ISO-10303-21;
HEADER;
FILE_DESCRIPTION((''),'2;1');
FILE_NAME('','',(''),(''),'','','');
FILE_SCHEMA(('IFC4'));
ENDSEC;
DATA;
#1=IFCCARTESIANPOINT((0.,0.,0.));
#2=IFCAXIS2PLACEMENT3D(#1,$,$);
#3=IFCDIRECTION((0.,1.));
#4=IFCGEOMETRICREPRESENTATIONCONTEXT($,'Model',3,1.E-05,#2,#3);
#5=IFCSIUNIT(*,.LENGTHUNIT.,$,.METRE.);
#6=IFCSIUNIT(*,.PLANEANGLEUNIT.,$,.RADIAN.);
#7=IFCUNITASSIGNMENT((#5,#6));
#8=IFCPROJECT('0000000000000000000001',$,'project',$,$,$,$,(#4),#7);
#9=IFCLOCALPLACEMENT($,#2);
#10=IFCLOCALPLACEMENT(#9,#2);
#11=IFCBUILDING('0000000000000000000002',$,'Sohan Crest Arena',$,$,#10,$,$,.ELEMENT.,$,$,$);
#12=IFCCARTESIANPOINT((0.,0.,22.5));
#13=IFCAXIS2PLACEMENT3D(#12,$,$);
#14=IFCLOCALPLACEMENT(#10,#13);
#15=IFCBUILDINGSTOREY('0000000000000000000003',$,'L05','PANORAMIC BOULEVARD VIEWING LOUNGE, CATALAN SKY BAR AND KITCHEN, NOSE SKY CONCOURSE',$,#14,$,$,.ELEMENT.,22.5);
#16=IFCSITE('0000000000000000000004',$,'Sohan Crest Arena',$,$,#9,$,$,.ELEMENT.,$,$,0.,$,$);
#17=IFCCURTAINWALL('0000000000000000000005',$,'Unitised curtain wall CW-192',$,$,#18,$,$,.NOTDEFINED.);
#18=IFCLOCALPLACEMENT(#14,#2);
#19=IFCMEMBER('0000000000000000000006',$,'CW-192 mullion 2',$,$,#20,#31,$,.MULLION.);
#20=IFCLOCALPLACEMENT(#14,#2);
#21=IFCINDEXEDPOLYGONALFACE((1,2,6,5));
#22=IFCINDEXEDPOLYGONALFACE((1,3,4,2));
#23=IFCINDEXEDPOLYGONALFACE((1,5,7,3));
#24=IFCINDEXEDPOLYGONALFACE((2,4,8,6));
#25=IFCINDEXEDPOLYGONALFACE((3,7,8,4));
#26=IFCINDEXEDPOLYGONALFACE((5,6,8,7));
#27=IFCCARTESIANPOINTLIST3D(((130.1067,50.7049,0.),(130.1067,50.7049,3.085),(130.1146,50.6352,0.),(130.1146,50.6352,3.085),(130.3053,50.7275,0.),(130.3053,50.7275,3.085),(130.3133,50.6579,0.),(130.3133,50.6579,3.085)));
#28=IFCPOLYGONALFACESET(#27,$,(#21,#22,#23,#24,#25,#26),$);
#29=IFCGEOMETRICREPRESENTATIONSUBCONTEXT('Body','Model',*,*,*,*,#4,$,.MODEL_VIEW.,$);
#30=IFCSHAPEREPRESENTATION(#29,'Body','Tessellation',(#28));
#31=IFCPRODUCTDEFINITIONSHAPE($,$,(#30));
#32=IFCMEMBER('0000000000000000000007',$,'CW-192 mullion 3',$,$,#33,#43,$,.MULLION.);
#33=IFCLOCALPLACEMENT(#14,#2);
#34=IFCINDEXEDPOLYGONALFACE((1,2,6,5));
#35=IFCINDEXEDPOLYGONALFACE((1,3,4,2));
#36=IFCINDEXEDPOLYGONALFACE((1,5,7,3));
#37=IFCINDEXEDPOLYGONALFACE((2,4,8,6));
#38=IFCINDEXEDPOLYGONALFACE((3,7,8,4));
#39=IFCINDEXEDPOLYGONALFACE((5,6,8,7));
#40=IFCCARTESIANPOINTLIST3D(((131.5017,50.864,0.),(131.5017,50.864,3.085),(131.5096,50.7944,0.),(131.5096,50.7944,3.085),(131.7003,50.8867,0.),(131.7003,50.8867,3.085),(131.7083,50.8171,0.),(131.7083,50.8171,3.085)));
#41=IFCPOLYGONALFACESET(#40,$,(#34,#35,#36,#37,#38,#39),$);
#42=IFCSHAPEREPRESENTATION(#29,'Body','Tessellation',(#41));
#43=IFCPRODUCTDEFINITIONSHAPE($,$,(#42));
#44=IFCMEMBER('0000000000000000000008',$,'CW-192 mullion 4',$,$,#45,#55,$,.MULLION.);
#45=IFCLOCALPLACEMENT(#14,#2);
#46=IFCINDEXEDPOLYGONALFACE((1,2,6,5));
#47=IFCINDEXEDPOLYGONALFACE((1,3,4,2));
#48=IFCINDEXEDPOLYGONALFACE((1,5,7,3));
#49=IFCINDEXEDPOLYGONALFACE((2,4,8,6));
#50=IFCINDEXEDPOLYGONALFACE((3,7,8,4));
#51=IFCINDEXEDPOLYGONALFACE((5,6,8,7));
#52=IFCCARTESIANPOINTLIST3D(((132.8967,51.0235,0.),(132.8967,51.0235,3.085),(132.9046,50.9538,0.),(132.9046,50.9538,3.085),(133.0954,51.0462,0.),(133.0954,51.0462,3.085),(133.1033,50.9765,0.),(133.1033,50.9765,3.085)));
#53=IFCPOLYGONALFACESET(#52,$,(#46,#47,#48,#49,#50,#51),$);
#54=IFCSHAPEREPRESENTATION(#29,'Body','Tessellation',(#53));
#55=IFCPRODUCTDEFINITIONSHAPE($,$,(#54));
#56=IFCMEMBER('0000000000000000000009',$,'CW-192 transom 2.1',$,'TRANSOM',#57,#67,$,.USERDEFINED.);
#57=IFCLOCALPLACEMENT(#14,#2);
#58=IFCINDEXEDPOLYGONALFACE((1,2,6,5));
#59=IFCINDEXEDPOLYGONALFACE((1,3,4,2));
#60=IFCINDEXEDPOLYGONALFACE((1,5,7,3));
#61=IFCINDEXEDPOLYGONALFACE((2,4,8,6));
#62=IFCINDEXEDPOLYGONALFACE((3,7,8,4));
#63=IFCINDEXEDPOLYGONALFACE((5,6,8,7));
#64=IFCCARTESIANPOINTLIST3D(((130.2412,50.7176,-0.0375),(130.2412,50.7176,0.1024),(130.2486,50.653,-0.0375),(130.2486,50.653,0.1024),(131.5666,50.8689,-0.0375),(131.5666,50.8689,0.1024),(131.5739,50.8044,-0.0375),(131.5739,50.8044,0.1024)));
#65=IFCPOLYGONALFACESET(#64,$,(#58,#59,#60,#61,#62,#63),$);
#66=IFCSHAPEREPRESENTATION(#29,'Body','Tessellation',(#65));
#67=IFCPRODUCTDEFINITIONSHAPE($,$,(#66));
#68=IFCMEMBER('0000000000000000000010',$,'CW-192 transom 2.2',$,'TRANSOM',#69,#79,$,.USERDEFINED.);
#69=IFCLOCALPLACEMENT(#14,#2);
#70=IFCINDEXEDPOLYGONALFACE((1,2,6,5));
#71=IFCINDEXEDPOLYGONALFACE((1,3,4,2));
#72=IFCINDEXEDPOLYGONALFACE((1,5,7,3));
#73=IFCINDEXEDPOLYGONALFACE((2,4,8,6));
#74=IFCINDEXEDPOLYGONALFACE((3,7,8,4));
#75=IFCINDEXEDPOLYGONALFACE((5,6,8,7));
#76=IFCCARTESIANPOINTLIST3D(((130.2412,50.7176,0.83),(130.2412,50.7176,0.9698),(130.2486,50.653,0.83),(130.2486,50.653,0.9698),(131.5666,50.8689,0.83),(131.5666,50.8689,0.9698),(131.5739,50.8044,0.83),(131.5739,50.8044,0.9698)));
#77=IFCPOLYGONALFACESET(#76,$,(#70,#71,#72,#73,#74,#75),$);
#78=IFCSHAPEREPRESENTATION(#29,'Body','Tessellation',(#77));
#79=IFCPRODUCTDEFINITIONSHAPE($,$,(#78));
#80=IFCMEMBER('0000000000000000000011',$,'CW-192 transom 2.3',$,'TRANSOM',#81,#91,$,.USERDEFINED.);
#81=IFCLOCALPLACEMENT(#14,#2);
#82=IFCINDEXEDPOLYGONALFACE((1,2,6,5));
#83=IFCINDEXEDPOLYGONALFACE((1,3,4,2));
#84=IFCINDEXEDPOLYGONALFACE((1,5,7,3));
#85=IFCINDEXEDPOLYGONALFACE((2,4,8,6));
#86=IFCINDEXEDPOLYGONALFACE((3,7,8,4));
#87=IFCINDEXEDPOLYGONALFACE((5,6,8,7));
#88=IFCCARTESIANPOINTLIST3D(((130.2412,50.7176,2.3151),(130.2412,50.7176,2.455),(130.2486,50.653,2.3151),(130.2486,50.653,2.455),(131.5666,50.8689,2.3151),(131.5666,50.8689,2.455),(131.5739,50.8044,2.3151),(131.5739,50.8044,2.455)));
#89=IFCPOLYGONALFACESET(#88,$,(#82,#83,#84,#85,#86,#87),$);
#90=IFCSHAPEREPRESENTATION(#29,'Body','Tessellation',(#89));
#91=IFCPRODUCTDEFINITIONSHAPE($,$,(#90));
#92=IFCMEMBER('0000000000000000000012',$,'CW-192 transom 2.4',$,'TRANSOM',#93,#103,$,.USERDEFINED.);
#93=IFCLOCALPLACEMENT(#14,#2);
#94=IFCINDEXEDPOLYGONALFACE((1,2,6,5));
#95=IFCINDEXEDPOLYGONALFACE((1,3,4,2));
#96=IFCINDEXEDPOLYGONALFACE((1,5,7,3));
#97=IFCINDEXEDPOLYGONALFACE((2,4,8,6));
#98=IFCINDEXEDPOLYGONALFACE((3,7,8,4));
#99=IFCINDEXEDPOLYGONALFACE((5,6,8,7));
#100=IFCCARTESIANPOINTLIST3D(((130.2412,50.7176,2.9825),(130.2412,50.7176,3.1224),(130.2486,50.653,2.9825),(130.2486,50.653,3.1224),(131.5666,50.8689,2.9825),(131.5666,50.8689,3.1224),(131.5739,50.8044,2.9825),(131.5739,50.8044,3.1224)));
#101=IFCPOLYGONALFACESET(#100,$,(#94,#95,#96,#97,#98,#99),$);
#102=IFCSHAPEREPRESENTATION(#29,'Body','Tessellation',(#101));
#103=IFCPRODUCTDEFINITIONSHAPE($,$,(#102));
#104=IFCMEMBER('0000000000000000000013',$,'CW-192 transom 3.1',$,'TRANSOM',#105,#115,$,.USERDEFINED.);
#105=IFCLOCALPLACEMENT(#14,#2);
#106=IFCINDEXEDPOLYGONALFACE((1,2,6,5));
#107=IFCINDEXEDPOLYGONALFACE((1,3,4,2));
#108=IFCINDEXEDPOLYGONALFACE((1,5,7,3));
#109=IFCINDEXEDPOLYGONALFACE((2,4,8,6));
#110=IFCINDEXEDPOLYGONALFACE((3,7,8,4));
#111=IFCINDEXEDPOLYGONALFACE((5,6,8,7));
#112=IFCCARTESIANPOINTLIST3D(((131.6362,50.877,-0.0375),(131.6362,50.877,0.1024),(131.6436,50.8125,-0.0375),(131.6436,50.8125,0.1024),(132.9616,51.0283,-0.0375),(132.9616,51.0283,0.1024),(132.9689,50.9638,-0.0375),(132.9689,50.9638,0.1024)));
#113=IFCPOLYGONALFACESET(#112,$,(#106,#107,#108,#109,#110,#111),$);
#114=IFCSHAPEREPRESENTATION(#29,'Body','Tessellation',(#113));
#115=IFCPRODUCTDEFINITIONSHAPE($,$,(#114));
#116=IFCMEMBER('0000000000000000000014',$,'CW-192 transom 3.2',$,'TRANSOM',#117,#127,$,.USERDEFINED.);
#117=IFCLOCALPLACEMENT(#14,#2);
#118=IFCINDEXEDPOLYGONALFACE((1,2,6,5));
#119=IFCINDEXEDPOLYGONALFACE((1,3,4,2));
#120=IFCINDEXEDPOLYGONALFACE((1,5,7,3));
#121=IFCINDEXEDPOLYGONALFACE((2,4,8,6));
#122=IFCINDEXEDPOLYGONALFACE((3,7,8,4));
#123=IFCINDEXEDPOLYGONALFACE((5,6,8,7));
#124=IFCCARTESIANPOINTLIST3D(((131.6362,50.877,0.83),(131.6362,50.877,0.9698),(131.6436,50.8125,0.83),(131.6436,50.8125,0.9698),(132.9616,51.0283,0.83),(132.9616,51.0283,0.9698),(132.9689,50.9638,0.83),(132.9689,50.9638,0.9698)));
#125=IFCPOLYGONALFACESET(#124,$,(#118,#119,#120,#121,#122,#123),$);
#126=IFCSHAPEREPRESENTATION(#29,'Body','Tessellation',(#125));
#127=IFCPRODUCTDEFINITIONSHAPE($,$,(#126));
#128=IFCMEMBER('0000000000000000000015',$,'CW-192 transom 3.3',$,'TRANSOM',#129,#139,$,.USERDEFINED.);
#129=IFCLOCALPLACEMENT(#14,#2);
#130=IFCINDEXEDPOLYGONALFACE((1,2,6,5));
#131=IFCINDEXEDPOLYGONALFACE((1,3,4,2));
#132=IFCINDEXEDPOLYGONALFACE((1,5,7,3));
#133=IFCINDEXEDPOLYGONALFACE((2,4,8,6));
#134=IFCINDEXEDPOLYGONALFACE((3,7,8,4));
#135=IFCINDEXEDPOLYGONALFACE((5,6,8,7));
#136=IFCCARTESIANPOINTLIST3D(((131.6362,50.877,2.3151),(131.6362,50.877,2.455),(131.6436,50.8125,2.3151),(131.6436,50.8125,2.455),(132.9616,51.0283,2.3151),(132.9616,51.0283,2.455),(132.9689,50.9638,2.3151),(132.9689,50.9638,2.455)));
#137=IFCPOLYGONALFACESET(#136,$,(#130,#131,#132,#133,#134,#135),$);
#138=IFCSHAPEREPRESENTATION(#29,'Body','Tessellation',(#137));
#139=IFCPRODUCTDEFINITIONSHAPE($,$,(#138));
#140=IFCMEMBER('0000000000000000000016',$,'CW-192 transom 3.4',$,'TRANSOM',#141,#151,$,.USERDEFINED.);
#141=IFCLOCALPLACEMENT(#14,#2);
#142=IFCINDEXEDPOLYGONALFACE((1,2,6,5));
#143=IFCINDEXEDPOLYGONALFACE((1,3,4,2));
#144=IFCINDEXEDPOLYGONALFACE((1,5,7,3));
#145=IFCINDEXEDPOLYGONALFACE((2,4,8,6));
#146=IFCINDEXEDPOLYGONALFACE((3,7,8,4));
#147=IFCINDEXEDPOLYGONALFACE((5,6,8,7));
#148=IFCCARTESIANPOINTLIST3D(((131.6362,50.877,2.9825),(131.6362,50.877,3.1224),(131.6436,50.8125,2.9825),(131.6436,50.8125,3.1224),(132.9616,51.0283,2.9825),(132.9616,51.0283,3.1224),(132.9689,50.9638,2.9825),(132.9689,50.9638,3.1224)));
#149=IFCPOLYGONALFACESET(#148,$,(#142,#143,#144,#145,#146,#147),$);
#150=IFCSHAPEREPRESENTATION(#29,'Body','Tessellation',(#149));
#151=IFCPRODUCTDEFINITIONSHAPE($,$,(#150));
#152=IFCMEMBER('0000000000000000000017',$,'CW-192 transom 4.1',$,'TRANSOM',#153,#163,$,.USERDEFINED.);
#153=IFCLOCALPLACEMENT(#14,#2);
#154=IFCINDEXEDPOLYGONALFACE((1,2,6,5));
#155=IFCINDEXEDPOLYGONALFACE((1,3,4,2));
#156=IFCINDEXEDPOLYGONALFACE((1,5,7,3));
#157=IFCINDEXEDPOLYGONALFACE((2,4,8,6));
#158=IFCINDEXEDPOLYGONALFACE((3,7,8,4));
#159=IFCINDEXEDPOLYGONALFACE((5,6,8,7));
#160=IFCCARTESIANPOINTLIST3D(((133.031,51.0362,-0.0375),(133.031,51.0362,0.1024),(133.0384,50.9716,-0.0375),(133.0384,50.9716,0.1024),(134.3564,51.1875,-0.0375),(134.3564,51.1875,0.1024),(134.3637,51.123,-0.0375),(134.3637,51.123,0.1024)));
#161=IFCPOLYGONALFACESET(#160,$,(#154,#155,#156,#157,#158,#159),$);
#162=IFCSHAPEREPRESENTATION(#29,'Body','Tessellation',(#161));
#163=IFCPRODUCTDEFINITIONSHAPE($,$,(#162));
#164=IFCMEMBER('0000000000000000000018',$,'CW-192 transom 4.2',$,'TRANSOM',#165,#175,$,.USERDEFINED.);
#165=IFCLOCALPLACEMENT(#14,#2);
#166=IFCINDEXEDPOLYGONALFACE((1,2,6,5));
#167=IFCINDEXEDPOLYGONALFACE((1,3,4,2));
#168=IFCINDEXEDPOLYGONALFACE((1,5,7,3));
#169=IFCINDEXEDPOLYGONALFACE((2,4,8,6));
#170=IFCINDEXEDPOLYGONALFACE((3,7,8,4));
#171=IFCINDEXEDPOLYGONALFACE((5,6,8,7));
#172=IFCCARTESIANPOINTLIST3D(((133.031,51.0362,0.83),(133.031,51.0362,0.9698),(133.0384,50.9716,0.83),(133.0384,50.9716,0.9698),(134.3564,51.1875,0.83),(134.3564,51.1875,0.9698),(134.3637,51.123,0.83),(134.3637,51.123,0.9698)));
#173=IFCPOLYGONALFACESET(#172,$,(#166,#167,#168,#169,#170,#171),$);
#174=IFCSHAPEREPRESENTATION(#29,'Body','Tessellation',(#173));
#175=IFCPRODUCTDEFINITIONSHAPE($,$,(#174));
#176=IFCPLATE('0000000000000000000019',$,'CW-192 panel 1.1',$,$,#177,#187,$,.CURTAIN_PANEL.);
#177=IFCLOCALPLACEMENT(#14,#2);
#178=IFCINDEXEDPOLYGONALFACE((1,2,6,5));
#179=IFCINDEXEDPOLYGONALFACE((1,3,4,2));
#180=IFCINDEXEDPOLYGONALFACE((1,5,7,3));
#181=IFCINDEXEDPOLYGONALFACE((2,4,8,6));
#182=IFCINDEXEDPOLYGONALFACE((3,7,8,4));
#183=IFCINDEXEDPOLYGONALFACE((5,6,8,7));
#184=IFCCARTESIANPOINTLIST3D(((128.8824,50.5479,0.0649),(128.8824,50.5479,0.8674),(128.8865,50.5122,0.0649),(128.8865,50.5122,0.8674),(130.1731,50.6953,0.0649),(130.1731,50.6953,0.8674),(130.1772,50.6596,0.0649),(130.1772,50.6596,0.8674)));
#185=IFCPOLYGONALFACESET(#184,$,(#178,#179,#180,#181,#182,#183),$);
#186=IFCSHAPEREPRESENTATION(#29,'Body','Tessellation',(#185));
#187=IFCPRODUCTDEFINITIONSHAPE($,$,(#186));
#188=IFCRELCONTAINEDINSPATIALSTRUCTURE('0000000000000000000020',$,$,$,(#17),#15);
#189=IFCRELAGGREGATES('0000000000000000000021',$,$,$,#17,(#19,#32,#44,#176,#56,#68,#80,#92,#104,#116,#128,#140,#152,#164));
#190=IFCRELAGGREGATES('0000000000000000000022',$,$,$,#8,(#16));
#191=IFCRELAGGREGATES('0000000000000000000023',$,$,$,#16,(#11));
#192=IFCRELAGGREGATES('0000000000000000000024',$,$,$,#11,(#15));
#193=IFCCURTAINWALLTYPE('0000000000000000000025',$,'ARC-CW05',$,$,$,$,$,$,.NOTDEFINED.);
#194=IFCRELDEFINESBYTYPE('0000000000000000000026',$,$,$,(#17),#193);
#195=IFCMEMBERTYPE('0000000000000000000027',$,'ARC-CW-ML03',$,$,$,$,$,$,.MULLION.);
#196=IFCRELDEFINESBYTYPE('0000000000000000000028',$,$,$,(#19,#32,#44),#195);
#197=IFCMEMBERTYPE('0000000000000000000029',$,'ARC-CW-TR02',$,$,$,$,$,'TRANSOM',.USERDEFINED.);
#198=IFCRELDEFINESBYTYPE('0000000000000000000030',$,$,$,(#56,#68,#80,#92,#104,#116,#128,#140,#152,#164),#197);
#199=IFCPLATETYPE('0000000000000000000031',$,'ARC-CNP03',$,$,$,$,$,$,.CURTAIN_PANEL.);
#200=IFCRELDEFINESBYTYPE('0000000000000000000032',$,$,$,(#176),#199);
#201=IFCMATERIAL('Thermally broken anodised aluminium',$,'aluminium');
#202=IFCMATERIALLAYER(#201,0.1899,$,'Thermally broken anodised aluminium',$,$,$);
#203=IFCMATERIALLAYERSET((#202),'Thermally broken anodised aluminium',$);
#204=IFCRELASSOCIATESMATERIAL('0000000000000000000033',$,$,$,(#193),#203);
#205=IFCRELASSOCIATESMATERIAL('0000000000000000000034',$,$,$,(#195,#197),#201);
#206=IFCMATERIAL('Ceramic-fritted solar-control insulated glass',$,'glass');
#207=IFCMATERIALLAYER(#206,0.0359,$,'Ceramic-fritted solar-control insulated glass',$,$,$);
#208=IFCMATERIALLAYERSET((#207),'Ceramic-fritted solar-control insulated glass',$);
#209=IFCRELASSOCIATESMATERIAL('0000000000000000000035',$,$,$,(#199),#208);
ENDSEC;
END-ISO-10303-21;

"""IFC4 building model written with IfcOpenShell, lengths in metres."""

from ifc_helpers import new_model, si_unit, direction, frame, origin, origin_2d, place, context, subcontext, project, spatial, rectangle, extrude, material, layer, layer_set, material_profile, profile_set, type_object, element, aggregate, save


model = new_model("IFC4")

# Units and contexts
model_context = context("Model", 3, precision=1e-05, world=origin(), true_north=direction((0.0, 1.0)))
body_context = subcontext(model_context, "Body", "Model", "MODEL_VIEW")
ifc_project = project(units=[si_unit("LENGTHUNIT", "METRE"), si_unit("PLANEANGLEUNIT", "RADIAN")], contexts=[model_context])

# Site, building, storey
site_placement = place(None, origin())
site = spatial("IfcSite", under=ifc_project, at=site_placement, Name="Sohan Crest Arena", CompositionType="ELEMENT", RefElevation=0.0)
building_placement = place(site_placement, origin())
building = spatial("IfcBuilding", under=site, at=building_placement, Name="Sohan Crest Arena", CompositionType="ELEMENT")
storey_placement = place(building_placement, frame((0.0, 0.0, 22.5)))
storey = spatial("IfcBuildingStorey", under=building, at=storey_placement, Name="L05", Description="PANORAMIC BOULEVARD VIEWING LOUNGE, CATALAN SKY BAR AND KITCHEN, NOSE SKY CONCOURSE", CompositionType="ELEMENT", Elevation=22.5)

# Curtain wall, members, plate
ifc_material_1 = material(Name="Thermally broken anodised aluminium", Category="aluminium")
ifc_layer_1 = layer(ifc_material_1, 0.1899, Name="Thermally broken anodised aluminium")
ifc_layer_set_1 = layer_set([ifc_layer_1], Name="Thermally broken anodised aluminium")
curtain_wall_type = type_object("IfcCurtainWallType", Name="ARC-CW05", PredefinedType="NOTDEFINED", material=ifc_layer_set_1)
curtain_wall_placement = place(storey_placement, origin())
curtain_wall = element("IfcCurtainWall", 1, at=curtain_wall_placement, inside=storey, type_object=curtain_wall_type, Name="Unitised curtain wall CW-192", PredefinedType="NOTDEFINED")
ifc_material_profile_1 = material_profile(ifc_material_1, rectangle(XDim=0.0701, YDim=0.2, at=origin_2d()), Name="ALU-MULL 70x200")
ifc_profile_set_1 = profile_set([ifc_material_profile_1], Name="Thermally broken anodised aluminium")
member_type_1 = type_object("IfcMemberType", Name="ARC-CW-ML03", PredefinedType="MULLION", material=ifc_profile_set_1)
member_1_placement = place(storey_placement, frame((130.21, 50.6814, 0.0), z_axis=(0.0, 0.0, 1.0), x_axis=(-0.11348, 0.99354, 0.0)))
member_1 = element("IfcMember", 2, at=member_1_placement, type_object=member_type_1, Name="CW-192 mullion 2", PredefinedType="MULLION", context=body_context, shape_type="SweptSolid", body=[
    extrude(rectangle(XDim=0.0701, YDim=0.2, at=origin_2d()), origin(), (0.0, 0.0, 1.0), 3.085),
])
member_2_placement = place(storey_placement, frame((131.605, 50.8406, 0.0), z_axis=(0.0, 0.0, 1.0), x_axis=(-0.11348, 0.99354, 0.0)))
member_2 = element("IfcMember", 3, at=member_2_placement, type_object=member_type_1, Name="CW-192 mullion 3", PredefinedType="MULLION", context=body_context, shape_type="SweptSolid", body=[
    extrude(rectangle(XDim=0.0701, YDim=0.2, at=origin_2d()), origin(), (0.0, 0.0, 1.0), 3.085),
])
member_3_placement = place(storey_placement, frame((133.0, 51.0, 0.0), z_axis=(0.0, 0.0, 1.0), x_axis=(-0.11348, 0.99354, 0.0)))
member_3 = element("IfcMember", 4, at=member_3_placement, type_object=member_type_1, Name="CW-192 mullion 4", PredefinedType="MULLION", context=body_context, shape_type="SweptSolid", body=[
    extrude(rectangle(XDim=0.0701, YDim=0.2, at=origin_2d()), origin(), (0.0, 0.0, 1.0), 3.085),
])
ifc_material_profile_2 = material_profile(ifc_material_1, rectangle(XDim=0.0649, YDim=0.1399, at=origin_2d()), Name="ALU-TRAN 65x140")
ifc_profile_set_2 = profile_set([ifc_material_profile_2], Name="Thermally broken anodised aluminium")
member_type_2 = type_object("IfcMemberType", Name="ARC-CW-TR02", ElementType="TRANSOM", PredefinedType="USERDEFINED", material=ifc_profile_set_2)
member_4_placement = place(storey_placement, frame((130.2449, 50.6853, 0.0325), z_axis=(0.993542, 0.113464, 0.0), x_axis=(-0.113464, 0.993542, 0.0)))
member_4 = element("IfcMember", 5, at=member_4_placement, type_object=member_type_2, Name="CW-192 transom 2.1", ObjectType="TRANSOM", PredefinedType="USERDEFINED", context=body_context, shape_type="SweptSolid", body=[
    extrude(rectangle(XDim=0.0649, YDim=0.1399, at=origin_2d()), origin(), (0.0, 0.0, 1.0), 1.334),
])
member_5_placement = place(storey_placement, frame((130.2449, 50.6853, 0.8999), z_axis=(0.993542, 0.113464, 0.0), x_axis=(-0.113464, 0.993542, 0.0)))
member_5 = element("IfcMember", 6, at=member_5_placement, type_object=member_type_2, Name="CW-192 transom 2.2", ObjectType="TRANSOM", PredefinedType="USERDEFINED", context=body_context, shape_type="SweptSolid", body=[
    extrude(rectangle(XDim=0.0649, YDim=0.1399, at=origin_2d()), origin(), (0.0, 0.0, 1.0), 1.334),
])
member_6_placement = place(storey_placement, frame((130.2449, 50.6853, 2.385), z_axis=(0.993542, 0.113464, 0.0), x_axis=(-0.113464, 0.993542, 0.0)))
member_6 = element("IfcMember", 7, at=member_6_placement, type_object=member_type_2, Name="CW-192 transom 2.3", ObjectType="TRANSOM", PredefinedType="USERDEFINED", context=body_context, shape_type="SweptSolid", body=[
    extrude(rectangle(XDim=0.0649, YDim=0.1399, at=origin_2d()), origin(), (0.0, 0.0, 1.0), 1.334),
])
member_7_placement = place(storey_placement, frame((130.2449, 50.6853, 3.0525), z_axis=(0.993542, 0.113464, 0.0), x_axis=(-0.113464, 0.993542, 0.0)))
member_7 = element("IfcMember", 8, at=member_7_placement, type_object=member_type_2, Name="CW-192 transom 2.4", ObjectType="TRANSOM", PredefinedType="USERDEFINED", context=body_context, shape_type="SweptSolid", body=[
    extrude(rectangle(XDim=0.0649, YDim=0.1399, at=origin_2d()), origin(), (0.0, 0.0, 1.0), 1.334),
])
member_8_placement = place(storey_placement, frame((131.6399, 50.8447, 0.0325), z_axis=(0.993542, 0.113464, 0.0), x_axis=(-0.113464, 0.993542, 0.0)))
member_8 = element("IfcMember", 9, at=member_8_placement, type_object=member_type_2, Name="CW-192 transom 3.1", ObjectType="TRANSOM", PredefinedType="USERDEFINED", context=body_context, shape_type="SweptSolid", body=[
    extrude(rectangle(XDim=0.0649, YDim=0.1399, at=origin_2d()), origin(), (0.0, 0.0, 1.0), 1.334),
])
member_9_placement = place(storey_placement, frame((131.6399, 50.8447, 0.8999), z_axis=(0.993542, 0.113464, 0.0), x_axis=(-0.113464, 0.993542, 0.0)))
member_9 = element("IfcMember", 10, at=member_9_placement, type_object=member_type_2, Name="CW-192 transom 3.2", ObjectType="TRANSOM", PredefinedType="USERDEFINED", context=body_context, shape_type="SweptSolid", body=[
    extrude(rectangle(XDim=0.0649, YDim=0.1399, at=origin_2d()), origin(), (0.0, 0.0, 1.0), 1.334),
])
member_10_placement = place(storey_placement, frame((131.6399, 50.8447, 2.385), z_axis=(0.993542, 0.113464, 0.0), x_axis=(-0.113464, 0.993542, 0.0)))
member_10 = element("IfcMember", 11, at=member_10_placement, type_object=member_type_2, Name="CW-192 transom 3.3", ObjectType="TRANSOM", PredefinedType="USERDEFINED", context=body_context, shape_type="SweptSolid", body=[
    extrude(rectangle(XDim=0.0649, YDim=0.1399, at=origin_2d()), origin(), (0.0, 0.0, 1.0), 1.334),
])
member_11_placement = place(storey_placement, frame((131.6399, 50.8447, 3.0525), z_axis=(0.993542, 0.113464, 0.0), x_axis=(-0.113464, 0.993542, 0.0)))
member_11 = element("IfcMember", 12, at=member_11_placement, type_object=member_type_2, Name="CW-192 transom 3.4", ObjectType="TRANSOM", PredefinedType="USERDEFINED", context=body_context, shape_type="SweptSolid", body=[
    extrude(rectangle(XDim=0.0649, YDim=0.1399, at=origin_2d()), origin(), (0.0, 0.0, 1.0), 1.334),
])
member_12_placement = place(storey_placement, frame((133.0347, 51.0039, 0.0325), z_axis=(0.993542, 0.113464, 0.0), x_axis=(-0.113464, 0.993542, 0.0)))
member_12 = element("IfcMember", 13, at=member_12_placement, type_object=member_type_2, Name="CW-192 transom 4.1", ObjectType="TRANSOM", PredefinedType="USERDEFINED", context=body_context, shape_type="SweptSolid", body=[
    extrude(rectangle(XDim=0.0649, YDim=0.1399, at=origin_2d()), origin(), (0.0, 0.0, 1.0), 1.334),
])
member_13_placement = place(storey_placement, frame((133.0347, 51.0039, 0.8999), z_axis=(0.993542, 0.113464, 0.0), x_axis=(-0.113464, 0.993542, 0.0)))
member_13 = element("IfcMember", 14, at=member_13_placement, type_object=member_type_2, Name="CW-192 transom 4.2", ObjectType="TRANSOM", PredefinedType="USERDEFINED", context=body_context, shape_type="SweptSolid", body=[
    extrude(rectangle(XDim=0.0649, YDim=0.1399, at=origin_2d()), origin(), (0.0, 0.0, 1.0), 1.334),
])
ifc_material_2 = material(Name="Ceramic-fritted solar-control insulated glass", Category="glass")
ifc_layer_2 = layer(ifc_material_2, 0.0359, Name="Ceramic-fritted solar-control insulated glass")
ifc_layer_set_2 = layer_set([ifc_layer_2], Name="Ceramic-fritted solar-control insulated glass")
plate_type = type_object("IfcPlateType", Name="ARC-CNP03", PredefinedType="CURTAIN_PANEL", material=ifc_layer_set_2)
plate_1_placement = place(storey_placement, frame((129.5298, 50.6038, 0.0649), z_axis=(0.0, 0.0, 1.0), x_axis=(0.99354, 0.11348, 0.0)))
plate_1 = element("IfcPlate", 15, at=plate_1_placement, type_object=plate_type, Name="CW-192 panel 1.1", PredefinedType="CURTAIN_PANEL", context=body_context, shape_type="SweptSolid", body=[
    extrude(rectangle(XDim=1.2991, YDim=0.0359, at=origin_2d()), origin(), (0.0, 0.0, 1.0), 0.8025),
])
aggregate(curtain_wall, [member_1, member_2, member_3, plate_1, member_4, member_5, member_6, member_7, member_8, member_9, member_10, member_11, member_12, member_13])

save(model, "model.ifc")
